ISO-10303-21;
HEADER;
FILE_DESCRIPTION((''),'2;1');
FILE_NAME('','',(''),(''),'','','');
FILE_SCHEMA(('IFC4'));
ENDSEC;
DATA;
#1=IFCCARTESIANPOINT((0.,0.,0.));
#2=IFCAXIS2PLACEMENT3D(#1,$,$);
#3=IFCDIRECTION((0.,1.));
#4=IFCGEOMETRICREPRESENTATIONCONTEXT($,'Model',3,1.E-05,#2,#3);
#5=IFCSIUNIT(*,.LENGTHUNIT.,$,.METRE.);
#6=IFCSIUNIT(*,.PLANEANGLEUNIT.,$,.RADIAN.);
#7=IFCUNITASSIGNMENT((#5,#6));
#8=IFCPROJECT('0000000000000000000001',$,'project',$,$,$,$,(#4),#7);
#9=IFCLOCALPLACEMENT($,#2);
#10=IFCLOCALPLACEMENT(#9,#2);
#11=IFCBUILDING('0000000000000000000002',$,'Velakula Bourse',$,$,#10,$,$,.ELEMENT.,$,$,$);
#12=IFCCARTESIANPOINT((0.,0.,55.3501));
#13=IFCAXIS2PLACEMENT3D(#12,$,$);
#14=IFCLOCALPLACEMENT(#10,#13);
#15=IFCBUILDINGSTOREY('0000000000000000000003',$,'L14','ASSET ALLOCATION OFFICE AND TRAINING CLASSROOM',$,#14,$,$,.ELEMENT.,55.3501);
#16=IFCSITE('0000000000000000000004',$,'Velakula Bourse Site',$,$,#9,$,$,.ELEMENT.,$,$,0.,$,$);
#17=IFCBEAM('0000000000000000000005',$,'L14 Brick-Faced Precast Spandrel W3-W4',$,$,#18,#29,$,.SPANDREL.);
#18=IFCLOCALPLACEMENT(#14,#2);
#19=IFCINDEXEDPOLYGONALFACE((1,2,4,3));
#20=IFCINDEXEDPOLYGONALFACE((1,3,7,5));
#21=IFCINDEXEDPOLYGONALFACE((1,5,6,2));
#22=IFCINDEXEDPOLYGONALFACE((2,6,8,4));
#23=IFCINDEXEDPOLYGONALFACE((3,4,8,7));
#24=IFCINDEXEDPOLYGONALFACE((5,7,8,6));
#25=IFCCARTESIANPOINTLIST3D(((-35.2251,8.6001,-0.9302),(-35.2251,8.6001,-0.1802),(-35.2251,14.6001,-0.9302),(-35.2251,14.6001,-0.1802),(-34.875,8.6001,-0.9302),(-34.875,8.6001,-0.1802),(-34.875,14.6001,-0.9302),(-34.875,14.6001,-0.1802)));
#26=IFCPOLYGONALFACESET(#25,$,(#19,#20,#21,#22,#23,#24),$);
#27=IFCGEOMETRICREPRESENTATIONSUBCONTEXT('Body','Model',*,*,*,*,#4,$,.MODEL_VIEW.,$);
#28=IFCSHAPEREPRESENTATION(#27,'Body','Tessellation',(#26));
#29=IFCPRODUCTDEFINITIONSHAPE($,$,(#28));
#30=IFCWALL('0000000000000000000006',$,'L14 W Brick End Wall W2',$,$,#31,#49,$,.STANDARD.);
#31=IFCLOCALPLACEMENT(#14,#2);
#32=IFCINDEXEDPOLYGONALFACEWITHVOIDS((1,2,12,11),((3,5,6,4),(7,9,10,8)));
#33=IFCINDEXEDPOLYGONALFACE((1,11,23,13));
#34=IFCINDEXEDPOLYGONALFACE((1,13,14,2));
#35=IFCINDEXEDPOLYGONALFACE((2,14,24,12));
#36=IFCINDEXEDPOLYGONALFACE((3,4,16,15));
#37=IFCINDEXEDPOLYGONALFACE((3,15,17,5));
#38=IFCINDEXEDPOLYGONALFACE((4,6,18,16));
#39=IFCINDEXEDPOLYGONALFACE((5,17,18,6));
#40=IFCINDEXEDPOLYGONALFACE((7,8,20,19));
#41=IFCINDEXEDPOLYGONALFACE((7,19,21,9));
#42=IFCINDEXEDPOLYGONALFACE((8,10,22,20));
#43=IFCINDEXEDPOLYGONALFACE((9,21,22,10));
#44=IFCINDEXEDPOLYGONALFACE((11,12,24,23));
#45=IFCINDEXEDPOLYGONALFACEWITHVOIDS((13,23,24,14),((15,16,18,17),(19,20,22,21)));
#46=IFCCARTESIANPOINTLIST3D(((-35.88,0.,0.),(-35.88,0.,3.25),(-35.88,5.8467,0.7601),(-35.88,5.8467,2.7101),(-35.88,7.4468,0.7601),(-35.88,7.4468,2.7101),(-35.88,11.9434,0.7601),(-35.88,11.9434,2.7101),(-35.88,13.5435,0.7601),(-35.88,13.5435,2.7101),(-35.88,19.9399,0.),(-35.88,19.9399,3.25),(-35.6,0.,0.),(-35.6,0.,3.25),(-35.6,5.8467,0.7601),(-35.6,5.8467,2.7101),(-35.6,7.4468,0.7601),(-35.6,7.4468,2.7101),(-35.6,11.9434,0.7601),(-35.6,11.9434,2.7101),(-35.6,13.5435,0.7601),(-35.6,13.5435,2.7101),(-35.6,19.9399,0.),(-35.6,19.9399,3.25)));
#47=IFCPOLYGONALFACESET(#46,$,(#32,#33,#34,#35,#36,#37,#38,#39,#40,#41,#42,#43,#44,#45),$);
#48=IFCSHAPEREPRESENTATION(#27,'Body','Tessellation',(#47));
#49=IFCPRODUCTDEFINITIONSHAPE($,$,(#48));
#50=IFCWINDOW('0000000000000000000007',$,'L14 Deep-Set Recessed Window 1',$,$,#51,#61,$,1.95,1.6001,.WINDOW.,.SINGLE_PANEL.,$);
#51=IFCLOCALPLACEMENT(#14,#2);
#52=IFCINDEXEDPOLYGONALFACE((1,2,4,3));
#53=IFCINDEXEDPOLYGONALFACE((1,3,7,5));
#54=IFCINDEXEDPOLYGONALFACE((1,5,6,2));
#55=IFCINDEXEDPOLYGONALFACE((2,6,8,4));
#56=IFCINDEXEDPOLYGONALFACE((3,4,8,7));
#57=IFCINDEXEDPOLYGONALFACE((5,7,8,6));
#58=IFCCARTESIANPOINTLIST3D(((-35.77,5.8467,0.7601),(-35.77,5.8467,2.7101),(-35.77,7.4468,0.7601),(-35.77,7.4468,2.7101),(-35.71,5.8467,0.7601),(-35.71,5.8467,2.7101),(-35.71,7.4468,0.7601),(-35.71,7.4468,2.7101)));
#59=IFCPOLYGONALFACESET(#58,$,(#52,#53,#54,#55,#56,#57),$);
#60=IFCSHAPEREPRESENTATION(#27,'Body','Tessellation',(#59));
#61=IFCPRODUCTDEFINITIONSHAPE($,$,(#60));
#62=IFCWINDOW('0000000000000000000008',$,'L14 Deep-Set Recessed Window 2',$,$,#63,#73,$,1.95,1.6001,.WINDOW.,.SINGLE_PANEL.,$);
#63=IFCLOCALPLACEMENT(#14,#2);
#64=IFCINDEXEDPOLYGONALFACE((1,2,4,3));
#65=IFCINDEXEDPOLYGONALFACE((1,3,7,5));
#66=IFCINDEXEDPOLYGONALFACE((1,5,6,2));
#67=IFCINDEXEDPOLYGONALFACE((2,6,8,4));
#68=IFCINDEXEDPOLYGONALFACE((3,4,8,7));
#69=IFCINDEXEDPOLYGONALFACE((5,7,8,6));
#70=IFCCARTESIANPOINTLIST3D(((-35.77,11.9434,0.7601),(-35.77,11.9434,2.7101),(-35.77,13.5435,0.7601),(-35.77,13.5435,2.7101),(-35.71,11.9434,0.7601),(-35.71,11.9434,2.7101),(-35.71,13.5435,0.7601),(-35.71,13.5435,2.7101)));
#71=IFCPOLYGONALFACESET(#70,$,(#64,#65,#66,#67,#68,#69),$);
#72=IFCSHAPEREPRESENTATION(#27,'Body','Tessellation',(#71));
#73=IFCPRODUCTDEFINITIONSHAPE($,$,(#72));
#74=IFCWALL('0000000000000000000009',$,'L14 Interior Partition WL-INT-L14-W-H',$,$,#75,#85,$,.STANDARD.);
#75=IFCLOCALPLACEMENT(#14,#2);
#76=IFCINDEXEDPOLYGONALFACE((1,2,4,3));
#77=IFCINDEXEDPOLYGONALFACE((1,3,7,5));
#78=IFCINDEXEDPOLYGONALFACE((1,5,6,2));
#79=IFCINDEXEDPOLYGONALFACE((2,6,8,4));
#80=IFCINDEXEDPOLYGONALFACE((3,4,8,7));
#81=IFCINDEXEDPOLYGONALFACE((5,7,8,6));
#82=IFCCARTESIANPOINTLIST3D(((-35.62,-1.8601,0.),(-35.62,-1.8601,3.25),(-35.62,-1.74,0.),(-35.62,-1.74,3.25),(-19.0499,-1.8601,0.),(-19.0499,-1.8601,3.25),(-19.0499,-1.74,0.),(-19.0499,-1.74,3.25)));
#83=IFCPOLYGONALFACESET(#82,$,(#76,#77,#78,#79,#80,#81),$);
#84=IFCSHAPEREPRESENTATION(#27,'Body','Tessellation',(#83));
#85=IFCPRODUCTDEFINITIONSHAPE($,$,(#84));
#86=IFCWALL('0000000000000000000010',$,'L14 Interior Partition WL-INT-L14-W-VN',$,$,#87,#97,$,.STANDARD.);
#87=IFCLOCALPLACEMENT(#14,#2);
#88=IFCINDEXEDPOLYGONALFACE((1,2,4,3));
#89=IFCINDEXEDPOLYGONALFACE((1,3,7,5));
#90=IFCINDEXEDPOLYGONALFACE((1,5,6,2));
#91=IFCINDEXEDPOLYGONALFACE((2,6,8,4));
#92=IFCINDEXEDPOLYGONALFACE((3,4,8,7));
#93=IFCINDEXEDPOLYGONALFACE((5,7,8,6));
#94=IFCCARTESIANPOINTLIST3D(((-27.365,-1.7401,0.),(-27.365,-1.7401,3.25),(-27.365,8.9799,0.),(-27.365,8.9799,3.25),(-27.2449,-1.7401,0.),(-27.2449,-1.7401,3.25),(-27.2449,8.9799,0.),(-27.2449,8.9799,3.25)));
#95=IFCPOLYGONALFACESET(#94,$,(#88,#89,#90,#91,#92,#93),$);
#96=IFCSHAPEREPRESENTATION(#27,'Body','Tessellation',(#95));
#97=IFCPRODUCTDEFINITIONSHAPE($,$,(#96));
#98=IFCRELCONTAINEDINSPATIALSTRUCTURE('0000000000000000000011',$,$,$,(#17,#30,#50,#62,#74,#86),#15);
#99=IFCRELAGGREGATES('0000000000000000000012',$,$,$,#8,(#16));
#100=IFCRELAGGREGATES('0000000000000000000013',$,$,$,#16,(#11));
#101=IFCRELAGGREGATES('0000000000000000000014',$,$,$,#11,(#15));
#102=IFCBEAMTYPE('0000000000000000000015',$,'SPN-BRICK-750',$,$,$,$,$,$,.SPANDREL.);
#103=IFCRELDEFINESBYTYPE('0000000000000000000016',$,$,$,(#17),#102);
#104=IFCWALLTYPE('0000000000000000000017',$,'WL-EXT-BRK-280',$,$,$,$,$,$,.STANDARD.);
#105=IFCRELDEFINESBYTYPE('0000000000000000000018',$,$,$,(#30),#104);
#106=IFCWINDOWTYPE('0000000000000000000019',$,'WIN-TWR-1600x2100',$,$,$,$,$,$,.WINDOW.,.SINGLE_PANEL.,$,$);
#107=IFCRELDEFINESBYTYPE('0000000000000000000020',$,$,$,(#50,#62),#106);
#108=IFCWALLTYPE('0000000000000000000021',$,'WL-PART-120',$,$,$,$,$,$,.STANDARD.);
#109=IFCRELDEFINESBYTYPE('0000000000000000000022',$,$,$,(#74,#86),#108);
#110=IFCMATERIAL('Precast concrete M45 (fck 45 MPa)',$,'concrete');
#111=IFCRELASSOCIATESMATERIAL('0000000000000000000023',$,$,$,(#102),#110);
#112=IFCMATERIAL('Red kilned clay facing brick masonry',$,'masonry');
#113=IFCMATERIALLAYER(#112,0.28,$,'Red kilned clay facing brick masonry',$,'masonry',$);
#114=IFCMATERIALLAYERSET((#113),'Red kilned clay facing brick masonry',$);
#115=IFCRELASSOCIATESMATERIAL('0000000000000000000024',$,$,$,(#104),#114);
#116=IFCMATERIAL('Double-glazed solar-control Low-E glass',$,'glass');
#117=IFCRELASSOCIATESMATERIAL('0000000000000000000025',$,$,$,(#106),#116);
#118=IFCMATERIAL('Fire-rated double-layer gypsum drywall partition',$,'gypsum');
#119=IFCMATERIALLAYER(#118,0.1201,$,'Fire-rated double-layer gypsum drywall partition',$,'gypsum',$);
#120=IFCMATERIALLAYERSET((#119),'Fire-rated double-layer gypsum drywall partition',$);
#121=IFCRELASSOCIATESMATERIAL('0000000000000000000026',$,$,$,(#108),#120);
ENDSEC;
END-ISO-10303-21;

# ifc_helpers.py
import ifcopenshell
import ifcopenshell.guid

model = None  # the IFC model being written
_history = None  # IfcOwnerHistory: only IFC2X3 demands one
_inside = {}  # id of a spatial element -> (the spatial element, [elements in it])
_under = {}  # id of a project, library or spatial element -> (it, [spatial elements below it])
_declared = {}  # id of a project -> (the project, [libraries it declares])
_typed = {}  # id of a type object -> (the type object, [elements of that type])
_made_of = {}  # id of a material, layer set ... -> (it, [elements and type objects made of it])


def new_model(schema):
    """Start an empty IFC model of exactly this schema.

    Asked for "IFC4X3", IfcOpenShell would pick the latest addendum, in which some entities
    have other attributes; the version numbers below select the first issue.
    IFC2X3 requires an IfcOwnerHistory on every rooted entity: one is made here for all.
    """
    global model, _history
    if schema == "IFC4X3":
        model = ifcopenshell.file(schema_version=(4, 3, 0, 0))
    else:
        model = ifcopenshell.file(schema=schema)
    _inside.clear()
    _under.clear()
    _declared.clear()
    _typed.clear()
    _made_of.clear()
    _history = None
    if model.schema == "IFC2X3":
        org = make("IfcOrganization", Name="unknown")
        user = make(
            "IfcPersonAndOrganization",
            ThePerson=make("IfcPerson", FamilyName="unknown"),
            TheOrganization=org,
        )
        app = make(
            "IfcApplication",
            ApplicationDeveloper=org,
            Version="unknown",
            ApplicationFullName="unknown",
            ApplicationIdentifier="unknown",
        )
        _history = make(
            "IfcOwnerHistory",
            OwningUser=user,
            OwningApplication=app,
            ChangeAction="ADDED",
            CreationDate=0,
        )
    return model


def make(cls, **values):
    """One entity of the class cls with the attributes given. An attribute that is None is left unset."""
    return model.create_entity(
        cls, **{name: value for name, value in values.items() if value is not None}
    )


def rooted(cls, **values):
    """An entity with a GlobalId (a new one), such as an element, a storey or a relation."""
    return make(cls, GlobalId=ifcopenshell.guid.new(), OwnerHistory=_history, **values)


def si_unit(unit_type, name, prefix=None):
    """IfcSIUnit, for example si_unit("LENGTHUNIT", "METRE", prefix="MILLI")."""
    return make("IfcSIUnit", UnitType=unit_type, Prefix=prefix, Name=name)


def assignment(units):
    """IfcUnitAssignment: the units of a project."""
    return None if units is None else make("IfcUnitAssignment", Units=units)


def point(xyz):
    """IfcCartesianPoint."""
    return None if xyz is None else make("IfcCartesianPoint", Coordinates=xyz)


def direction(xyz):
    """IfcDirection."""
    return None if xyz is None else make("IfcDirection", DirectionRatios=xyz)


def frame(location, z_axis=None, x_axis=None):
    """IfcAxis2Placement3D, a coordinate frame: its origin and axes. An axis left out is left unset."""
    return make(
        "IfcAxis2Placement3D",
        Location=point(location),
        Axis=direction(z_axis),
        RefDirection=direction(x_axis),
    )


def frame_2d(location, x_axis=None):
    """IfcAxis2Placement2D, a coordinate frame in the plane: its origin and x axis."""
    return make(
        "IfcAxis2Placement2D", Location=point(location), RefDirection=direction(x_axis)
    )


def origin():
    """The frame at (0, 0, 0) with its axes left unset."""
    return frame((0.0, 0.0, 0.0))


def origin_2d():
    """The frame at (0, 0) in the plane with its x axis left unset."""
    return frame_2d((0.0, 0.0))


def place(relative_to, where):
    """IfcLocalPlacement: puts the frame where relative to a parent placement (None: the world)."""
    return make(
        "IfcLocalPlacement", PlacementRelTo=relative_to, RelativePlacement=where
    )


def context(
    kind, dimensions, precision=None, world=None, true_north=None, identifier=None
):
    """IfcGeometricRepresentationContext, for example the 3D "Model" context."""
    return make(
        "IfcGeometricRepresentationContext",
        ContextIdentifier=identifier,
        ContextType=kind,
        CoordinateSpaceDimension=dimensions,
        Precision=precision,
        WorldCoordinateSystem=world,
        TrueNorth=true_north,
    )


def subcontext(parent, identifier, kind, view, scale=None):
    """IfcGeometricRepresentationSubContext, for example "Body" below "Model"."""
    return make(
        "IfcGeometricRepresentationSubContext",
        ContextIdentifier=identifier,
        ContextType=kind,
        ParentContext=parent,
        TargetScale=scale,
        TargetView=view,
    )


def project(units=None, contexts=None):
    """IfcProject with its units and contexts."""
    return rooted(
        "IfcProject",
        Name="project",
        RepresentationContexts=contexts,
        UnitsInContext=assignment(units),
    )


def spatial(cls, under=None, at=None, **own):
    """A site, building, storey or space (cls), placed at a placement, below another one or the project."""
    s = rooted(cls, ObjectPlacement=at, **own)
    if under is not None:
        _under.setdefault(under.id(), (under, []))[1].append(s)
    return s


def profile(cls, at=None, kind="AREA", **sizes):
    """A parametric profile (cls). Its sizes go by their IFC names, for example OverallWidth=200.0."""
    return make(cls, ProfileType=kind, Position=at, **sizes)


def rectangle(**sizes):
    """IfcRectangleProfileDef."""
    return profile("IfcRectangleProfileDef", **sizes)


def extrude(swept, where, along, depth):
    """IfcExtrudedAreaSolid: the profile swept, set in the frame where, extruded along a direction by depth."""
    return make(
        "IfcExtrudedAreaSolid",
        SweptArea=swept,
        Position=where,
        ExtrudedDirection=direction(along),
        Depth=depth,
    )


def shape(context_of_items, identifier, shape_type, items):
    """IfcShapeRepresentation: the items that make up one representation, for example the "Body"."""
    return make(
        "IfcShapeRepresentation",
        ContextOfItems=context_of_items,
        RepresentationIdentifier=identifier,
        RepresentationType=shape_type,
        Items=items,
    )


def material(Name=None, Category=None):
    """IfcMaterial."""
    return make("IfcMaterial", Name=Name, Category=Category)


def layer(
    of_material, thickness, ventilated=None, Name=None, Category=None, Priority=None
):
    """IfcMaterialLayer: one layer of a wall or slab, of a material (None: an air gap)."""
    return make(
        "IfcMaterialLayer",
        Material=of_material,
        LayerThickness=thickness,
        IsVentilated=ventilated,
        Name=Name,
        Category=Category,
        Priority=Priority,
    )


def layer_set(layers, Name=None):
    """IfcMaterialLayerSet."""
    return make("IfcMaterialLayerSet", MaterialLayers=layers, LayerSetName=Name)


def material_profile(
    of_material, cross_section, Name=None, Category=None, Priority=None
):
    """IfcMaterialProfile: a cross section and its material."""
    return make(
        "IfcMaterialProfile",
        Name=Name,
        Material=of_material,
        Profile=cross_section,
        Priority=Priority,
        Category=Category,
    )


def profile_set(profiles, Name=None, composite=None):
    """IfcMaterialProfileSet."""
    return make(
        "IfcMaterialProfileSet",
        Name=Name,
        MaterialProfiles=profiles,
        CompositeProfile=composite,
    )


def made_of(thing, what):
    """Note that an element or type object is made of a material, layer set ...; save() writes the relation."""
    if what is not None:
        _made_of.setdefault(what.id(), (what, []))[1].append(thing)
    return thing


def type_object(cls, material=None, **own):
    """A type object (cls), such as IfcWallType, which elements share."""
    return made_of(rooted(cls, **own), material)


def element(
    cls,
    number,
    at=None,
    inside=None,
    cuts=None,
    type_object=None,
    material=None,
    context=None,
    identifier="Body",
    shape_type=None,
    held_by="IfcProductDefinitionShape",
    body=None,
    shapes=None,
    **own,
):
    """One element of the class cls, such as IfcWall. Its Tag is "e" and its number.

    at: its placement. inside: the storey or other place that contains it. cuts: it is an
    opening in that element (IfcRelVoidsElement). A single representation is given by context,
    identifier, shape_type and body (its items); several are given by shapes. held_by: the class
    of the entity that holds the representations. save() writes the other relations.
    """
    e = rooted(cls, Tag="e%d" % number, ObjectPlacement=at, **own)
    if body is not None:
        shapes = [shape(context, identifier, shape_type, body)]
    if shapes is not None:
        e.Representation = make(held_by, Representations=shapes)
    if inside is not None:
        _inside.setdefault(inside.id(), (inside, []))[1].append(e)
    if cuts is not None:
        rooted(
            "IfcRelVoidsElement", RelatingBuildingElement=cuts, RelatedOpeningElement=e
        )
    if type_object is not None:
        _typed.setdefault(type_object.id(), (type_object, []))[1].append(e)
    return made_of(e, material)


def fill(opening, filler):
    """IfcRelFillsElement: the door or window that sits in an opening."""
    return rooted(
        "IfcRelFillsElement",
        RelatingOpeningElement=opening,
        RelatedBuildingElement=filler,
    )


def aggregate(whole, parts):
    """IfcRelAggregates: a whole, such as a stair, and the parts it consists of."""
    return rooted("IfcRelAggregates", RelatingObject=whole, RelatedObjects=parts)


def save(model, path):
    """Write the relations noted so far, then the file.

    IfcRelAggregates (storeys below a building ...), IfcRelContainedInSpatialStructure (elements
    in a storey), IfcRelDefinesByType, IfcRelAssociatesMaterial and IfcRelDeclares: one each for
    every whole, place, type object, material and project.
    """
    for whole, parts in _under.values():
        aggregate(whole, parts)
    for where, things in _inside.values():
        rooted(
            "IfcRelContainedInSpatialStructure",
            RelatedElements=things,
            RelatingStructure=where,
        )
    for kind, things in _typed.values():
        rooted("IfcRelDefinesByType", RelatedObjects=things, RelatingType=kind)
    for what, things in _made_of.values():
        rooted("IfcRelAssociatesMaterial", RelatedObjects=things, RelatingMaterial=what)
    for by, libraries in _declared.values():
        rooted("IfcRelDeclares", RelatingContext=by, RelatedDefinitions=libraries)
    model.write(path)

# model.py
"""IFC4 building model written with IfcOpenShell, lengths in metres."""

from ifc_helpers import new_model, si_unit, direction, frame, frame_2d, origin, origin_2d, place, context, subcontext, project, spatial, rectangle, extrude, material, layer, layer_set, material_profile, profile_set, type_object, element, fill, save


model = new_model("IFC4")

# Units and contexts
model_context = context("Model", 3, precision=1e-05, world=origin(), true_north=direction((0.0, 1.0)))
body_context = subcontext(model_context, "Body", "Model", "MODEL_VIEW")
ifc_project = project(units=[si_unit("LENGTHUNIT", "METRE"), si_unit("PLANEANGLEUNIT", "RADIAN")], contexts=[model_context])

# Site, building, storey
site_placement = place(None, origin())
site = spatial("IfcSite", under=ifc_project, at=site_placement, Name="Velakula Bourse Site", CompositionType="ELEMENT", RefElevation=0.0)
building_placement = place(site_placement, origin())
building = spatial("IfcBuilding", under=site, at=building_placement, Name="Velakula Bourse", CompositionType="ELEMENT")
storey_placement = place(building_placement, frame((0.0, 0.0, 55.3501)))
storey = spatial("IfcBuildingStorey", under=building, at=storey_placement, Name="L14", Description="ASSET ALLOCATION OFFICE AND TRAINING CLASSROOM", CompositionType="ELEMENT", Elevation=55.3501)

# Beam
ifc_material_1 = material(Name="Precast concrete M45 (fck 45 MPa)", Category="concrete")
ifc_material_profile_1 = material_profile(ifc_material_1, rectangle(XDim=0.3501, YDim=0.75, at=origin_2d()), Name="Precast concrete M45 (fck 45 MPa)")
ifc_profile_set_1 = profile_set([ifc_material_profile_1], Name="Precast concrete M45 (fck 45 MPa)")
beam_type_1 = type_object("IfcBeamType", Name="SPN-BRICK-750", PredefinedType="SPANDREL", material=ifc_profile_set_1)
beam_1_placement = place(storey_placement, frame((-35.05, 8.6001, -0.5552), z_axis=(0.0, 1.0, 0.0), x_axis=(-1.0, 0.0, 0.0)))
element("IfcBeam", 1, at=beam_1_placement, inside=storey, type_object=beam_type_1, Name="L14 Brick-Faced Precast Spandrel W3-W4", PredefinedType="SPANDREL", context=body_context, shape_type="SweptSolid", body=[
    extrude(rectangle(XDim=0.3501, YDim=0.75, at=origin_2d()), origin(), (0.0, 0.0, 1.0), 6.0),
])

# Wall, openings, windows
ifc_material_2 = material(Name="Red kilned clay facing brick masonry", Category="masonry")
ifc_layer_1 = layer(ifc_material_2, 0.28, Name="Red kilned clay facing brick masonry", Category="masonry")
ifc_layer_set_1 = layer_set([ifc_layer_1], Name="Red kilned clay facing brick masonry")
wall_type_1 = type_object("IfcWallType", Name="WL-EXT-BRK-280", PredefinedType="STANDARD", material=ifc_layer_set_1)
wall_1_placement = place(storey_placement, frame((-35.74, 0.0, 0.0), z_axis=(0.0, 0.0, 1.0), x_axis=(0.0, 1.0, 0.0)))
wall_1 = element("IfcWall", 2, at=wall_1_placement, inside=storey, type_object=wall_type_1, Name="L14 W Brick End Wall W2", PredefinedType="STANDARD", context=body_context, shape_type="SweptSolid", body=[
    extrude(rectangle(XDim=19.9399, YDim=0.28, at=frame_2d((9.97, 0.0))), origin(), (0.0, 0.0, 1.0), 3.25),
])
opening_1_placement = place(wall_1_placement, frame((5.8467, 0.0, 0.76)))
opening_1 = element("IfcOpeningElement", 3, at=opening_1_placement, cuts=wall_1, PredefinedType="OPENING", context=body_context, shape_type="SweptSolid", body=[
    extrude(rectangle(XDim=1.6001, YDim=1.95, at=frame_2d((0.8, 0.9751))), frame((0.0, 0.1499, 0.0), z_axis=(0.0, -1.0, 0.0), x_axis=(1.0, 0.0, 0.0)), (0.0, 0.0, 1.0), 0.3),
])
opening_2_placement = place(wall_1_placement, frame((11.9434, 0.0, 0.76)))
opening_2 = element("IfcOpeningElement", 4, at=opening_2_placement, cuts=wall_1, PredefinedType="OPENING", context=body_context, shape_type="SweptSolid", body=[
    extrude(rectangle(XDim=1.6001, YDim=1.95, at=frame_2d((0.8, 0.9751))), frame((0.0, 0.1499, 0.0), z_axis=(0.0, -1.0, 0.0), x_axis=(1.0, 0.0, 0.0)), (0.0, 0.0, 1.0), 0.3),
])
ifc_material_3 = material(Name="Double-glazed solar-control Low-E glass", Category="glass")
window_type = type_object("IfcWindowType", Name="WIN-TWR-1600x2100", PartitioningType="SINGLE_PANEL", PredefinedType="WINDOW", material=ifc_material_3)
window_1_placement = place(opening_1_placement, origin())
window_1 = element("IfcWindow", 5, at=window_1_placement, inside=storey, type_object=window_type, Name="L14 Deep-Set Recessed Window 1", OverallHeight=1.95, OverallWidth=1.6001, PartitioningType="SINGLE_PANEL", PredefinedType="WINDOW", context=body_context, shape_type="SweptSolid", body=[
    extrude(rectangle(XDim=1.6001, YDim=1.95, at=frame_2d((0.8, 0.9751))), frame((0.0, 0.03, 0.0), z_axis=(0.0, -1.0, 0.0), x_axis=(1.0, 0.0, 0.0)), (0.0, 0.0, 1.0), 0.0601),
])
fill(opening_1, window_1)
window_2_placement = place(opening_2_placement, origin())
window_2 = element("IfcWindow", 6, at=window_2_placement, inside=storey, type_object=window_type, Name="L14 Deep-Set Recessed Window 2", OverallHeight=1.95, OverallWidth=1.6001, PartitioningType="SINGLE_PANEL", PredefinedType="WINDOW", context=body_context, shape_type="SweptSolid", body=[
    extrude(rectangle(XDim=1.6001, YDim=1.95, at=frame_2d((0.8, 0.9751))), frame((0.0, 0.03, 0.0), z_axis=(0.0, -1.0, 0.0), x_axis=(1.0, 0.0, 0.0)), (0.0, 0.0, 1.0), 0.0601),
])
fill(opening_2, window_2)

# Walls
ifc_material_4 = material(Name="Fire-rated double-layer gypsum drywall partition", Category="gypsum")
ifc_layer_2 = layer(ifc_material_4, 0.1201, Name="Fire-rated double-layer gypsum drywall partition", Category="gypsum")
ifc_layer_set_2 = layer_set([ifc_layer_2], Name="Fire-rated double-layer gypsum drywall partition")
wall_type_2 = type_object("IfcWallType", Name="WL-PART-120", PredefinedType="STANDARD", material=ifc_layer_set_2)
wall_2_placement = place(storey_placement, frame((-35.6201, -1.8, 0.0), z_axis=(0.0, 0.0, 1.0), x_axis=(1.0, 0.0, 0.0)))
element("IfcWall", 7, at=wall_2_placement, inside=storey, type_object=wall_type_2, Name="L14 Interior Partition WL-INT-L14-W-H", PredefinedType="STANDARD", context=body_context, shape_type="SweptSolid", body=[
    extrude(rectangle(XDim=16.5701, YDim=0.1201, at=frame_2d((8.2852, 0.0))), origin(), (0.0, 0.0, 1.0), 3.25),
])
wall_3_placement = place(storey_placement, frame((-27.3049, -1.74, 0.0), z_axis=(0.0, 0.0, 1.0), x_axis=(0.0, 1.0, 0.0)))
element("IfcWall", 8, at=wall_3_placement, inside=storey, type_object=wall_type_2, Name="L14 Interior Partition WL-INT-L14-W-VN", PredefinedType="STANDARD", context=body_context, shape_type="SweptSolid", body=[
    extrude(rectangle(XDim=10.72, YDim=0.1201, at=frame_2d((5.3599, 0.0))), origin(), (0.0, 0.0, 1.0), 3.25),
])

save(model, "model.ifc")
